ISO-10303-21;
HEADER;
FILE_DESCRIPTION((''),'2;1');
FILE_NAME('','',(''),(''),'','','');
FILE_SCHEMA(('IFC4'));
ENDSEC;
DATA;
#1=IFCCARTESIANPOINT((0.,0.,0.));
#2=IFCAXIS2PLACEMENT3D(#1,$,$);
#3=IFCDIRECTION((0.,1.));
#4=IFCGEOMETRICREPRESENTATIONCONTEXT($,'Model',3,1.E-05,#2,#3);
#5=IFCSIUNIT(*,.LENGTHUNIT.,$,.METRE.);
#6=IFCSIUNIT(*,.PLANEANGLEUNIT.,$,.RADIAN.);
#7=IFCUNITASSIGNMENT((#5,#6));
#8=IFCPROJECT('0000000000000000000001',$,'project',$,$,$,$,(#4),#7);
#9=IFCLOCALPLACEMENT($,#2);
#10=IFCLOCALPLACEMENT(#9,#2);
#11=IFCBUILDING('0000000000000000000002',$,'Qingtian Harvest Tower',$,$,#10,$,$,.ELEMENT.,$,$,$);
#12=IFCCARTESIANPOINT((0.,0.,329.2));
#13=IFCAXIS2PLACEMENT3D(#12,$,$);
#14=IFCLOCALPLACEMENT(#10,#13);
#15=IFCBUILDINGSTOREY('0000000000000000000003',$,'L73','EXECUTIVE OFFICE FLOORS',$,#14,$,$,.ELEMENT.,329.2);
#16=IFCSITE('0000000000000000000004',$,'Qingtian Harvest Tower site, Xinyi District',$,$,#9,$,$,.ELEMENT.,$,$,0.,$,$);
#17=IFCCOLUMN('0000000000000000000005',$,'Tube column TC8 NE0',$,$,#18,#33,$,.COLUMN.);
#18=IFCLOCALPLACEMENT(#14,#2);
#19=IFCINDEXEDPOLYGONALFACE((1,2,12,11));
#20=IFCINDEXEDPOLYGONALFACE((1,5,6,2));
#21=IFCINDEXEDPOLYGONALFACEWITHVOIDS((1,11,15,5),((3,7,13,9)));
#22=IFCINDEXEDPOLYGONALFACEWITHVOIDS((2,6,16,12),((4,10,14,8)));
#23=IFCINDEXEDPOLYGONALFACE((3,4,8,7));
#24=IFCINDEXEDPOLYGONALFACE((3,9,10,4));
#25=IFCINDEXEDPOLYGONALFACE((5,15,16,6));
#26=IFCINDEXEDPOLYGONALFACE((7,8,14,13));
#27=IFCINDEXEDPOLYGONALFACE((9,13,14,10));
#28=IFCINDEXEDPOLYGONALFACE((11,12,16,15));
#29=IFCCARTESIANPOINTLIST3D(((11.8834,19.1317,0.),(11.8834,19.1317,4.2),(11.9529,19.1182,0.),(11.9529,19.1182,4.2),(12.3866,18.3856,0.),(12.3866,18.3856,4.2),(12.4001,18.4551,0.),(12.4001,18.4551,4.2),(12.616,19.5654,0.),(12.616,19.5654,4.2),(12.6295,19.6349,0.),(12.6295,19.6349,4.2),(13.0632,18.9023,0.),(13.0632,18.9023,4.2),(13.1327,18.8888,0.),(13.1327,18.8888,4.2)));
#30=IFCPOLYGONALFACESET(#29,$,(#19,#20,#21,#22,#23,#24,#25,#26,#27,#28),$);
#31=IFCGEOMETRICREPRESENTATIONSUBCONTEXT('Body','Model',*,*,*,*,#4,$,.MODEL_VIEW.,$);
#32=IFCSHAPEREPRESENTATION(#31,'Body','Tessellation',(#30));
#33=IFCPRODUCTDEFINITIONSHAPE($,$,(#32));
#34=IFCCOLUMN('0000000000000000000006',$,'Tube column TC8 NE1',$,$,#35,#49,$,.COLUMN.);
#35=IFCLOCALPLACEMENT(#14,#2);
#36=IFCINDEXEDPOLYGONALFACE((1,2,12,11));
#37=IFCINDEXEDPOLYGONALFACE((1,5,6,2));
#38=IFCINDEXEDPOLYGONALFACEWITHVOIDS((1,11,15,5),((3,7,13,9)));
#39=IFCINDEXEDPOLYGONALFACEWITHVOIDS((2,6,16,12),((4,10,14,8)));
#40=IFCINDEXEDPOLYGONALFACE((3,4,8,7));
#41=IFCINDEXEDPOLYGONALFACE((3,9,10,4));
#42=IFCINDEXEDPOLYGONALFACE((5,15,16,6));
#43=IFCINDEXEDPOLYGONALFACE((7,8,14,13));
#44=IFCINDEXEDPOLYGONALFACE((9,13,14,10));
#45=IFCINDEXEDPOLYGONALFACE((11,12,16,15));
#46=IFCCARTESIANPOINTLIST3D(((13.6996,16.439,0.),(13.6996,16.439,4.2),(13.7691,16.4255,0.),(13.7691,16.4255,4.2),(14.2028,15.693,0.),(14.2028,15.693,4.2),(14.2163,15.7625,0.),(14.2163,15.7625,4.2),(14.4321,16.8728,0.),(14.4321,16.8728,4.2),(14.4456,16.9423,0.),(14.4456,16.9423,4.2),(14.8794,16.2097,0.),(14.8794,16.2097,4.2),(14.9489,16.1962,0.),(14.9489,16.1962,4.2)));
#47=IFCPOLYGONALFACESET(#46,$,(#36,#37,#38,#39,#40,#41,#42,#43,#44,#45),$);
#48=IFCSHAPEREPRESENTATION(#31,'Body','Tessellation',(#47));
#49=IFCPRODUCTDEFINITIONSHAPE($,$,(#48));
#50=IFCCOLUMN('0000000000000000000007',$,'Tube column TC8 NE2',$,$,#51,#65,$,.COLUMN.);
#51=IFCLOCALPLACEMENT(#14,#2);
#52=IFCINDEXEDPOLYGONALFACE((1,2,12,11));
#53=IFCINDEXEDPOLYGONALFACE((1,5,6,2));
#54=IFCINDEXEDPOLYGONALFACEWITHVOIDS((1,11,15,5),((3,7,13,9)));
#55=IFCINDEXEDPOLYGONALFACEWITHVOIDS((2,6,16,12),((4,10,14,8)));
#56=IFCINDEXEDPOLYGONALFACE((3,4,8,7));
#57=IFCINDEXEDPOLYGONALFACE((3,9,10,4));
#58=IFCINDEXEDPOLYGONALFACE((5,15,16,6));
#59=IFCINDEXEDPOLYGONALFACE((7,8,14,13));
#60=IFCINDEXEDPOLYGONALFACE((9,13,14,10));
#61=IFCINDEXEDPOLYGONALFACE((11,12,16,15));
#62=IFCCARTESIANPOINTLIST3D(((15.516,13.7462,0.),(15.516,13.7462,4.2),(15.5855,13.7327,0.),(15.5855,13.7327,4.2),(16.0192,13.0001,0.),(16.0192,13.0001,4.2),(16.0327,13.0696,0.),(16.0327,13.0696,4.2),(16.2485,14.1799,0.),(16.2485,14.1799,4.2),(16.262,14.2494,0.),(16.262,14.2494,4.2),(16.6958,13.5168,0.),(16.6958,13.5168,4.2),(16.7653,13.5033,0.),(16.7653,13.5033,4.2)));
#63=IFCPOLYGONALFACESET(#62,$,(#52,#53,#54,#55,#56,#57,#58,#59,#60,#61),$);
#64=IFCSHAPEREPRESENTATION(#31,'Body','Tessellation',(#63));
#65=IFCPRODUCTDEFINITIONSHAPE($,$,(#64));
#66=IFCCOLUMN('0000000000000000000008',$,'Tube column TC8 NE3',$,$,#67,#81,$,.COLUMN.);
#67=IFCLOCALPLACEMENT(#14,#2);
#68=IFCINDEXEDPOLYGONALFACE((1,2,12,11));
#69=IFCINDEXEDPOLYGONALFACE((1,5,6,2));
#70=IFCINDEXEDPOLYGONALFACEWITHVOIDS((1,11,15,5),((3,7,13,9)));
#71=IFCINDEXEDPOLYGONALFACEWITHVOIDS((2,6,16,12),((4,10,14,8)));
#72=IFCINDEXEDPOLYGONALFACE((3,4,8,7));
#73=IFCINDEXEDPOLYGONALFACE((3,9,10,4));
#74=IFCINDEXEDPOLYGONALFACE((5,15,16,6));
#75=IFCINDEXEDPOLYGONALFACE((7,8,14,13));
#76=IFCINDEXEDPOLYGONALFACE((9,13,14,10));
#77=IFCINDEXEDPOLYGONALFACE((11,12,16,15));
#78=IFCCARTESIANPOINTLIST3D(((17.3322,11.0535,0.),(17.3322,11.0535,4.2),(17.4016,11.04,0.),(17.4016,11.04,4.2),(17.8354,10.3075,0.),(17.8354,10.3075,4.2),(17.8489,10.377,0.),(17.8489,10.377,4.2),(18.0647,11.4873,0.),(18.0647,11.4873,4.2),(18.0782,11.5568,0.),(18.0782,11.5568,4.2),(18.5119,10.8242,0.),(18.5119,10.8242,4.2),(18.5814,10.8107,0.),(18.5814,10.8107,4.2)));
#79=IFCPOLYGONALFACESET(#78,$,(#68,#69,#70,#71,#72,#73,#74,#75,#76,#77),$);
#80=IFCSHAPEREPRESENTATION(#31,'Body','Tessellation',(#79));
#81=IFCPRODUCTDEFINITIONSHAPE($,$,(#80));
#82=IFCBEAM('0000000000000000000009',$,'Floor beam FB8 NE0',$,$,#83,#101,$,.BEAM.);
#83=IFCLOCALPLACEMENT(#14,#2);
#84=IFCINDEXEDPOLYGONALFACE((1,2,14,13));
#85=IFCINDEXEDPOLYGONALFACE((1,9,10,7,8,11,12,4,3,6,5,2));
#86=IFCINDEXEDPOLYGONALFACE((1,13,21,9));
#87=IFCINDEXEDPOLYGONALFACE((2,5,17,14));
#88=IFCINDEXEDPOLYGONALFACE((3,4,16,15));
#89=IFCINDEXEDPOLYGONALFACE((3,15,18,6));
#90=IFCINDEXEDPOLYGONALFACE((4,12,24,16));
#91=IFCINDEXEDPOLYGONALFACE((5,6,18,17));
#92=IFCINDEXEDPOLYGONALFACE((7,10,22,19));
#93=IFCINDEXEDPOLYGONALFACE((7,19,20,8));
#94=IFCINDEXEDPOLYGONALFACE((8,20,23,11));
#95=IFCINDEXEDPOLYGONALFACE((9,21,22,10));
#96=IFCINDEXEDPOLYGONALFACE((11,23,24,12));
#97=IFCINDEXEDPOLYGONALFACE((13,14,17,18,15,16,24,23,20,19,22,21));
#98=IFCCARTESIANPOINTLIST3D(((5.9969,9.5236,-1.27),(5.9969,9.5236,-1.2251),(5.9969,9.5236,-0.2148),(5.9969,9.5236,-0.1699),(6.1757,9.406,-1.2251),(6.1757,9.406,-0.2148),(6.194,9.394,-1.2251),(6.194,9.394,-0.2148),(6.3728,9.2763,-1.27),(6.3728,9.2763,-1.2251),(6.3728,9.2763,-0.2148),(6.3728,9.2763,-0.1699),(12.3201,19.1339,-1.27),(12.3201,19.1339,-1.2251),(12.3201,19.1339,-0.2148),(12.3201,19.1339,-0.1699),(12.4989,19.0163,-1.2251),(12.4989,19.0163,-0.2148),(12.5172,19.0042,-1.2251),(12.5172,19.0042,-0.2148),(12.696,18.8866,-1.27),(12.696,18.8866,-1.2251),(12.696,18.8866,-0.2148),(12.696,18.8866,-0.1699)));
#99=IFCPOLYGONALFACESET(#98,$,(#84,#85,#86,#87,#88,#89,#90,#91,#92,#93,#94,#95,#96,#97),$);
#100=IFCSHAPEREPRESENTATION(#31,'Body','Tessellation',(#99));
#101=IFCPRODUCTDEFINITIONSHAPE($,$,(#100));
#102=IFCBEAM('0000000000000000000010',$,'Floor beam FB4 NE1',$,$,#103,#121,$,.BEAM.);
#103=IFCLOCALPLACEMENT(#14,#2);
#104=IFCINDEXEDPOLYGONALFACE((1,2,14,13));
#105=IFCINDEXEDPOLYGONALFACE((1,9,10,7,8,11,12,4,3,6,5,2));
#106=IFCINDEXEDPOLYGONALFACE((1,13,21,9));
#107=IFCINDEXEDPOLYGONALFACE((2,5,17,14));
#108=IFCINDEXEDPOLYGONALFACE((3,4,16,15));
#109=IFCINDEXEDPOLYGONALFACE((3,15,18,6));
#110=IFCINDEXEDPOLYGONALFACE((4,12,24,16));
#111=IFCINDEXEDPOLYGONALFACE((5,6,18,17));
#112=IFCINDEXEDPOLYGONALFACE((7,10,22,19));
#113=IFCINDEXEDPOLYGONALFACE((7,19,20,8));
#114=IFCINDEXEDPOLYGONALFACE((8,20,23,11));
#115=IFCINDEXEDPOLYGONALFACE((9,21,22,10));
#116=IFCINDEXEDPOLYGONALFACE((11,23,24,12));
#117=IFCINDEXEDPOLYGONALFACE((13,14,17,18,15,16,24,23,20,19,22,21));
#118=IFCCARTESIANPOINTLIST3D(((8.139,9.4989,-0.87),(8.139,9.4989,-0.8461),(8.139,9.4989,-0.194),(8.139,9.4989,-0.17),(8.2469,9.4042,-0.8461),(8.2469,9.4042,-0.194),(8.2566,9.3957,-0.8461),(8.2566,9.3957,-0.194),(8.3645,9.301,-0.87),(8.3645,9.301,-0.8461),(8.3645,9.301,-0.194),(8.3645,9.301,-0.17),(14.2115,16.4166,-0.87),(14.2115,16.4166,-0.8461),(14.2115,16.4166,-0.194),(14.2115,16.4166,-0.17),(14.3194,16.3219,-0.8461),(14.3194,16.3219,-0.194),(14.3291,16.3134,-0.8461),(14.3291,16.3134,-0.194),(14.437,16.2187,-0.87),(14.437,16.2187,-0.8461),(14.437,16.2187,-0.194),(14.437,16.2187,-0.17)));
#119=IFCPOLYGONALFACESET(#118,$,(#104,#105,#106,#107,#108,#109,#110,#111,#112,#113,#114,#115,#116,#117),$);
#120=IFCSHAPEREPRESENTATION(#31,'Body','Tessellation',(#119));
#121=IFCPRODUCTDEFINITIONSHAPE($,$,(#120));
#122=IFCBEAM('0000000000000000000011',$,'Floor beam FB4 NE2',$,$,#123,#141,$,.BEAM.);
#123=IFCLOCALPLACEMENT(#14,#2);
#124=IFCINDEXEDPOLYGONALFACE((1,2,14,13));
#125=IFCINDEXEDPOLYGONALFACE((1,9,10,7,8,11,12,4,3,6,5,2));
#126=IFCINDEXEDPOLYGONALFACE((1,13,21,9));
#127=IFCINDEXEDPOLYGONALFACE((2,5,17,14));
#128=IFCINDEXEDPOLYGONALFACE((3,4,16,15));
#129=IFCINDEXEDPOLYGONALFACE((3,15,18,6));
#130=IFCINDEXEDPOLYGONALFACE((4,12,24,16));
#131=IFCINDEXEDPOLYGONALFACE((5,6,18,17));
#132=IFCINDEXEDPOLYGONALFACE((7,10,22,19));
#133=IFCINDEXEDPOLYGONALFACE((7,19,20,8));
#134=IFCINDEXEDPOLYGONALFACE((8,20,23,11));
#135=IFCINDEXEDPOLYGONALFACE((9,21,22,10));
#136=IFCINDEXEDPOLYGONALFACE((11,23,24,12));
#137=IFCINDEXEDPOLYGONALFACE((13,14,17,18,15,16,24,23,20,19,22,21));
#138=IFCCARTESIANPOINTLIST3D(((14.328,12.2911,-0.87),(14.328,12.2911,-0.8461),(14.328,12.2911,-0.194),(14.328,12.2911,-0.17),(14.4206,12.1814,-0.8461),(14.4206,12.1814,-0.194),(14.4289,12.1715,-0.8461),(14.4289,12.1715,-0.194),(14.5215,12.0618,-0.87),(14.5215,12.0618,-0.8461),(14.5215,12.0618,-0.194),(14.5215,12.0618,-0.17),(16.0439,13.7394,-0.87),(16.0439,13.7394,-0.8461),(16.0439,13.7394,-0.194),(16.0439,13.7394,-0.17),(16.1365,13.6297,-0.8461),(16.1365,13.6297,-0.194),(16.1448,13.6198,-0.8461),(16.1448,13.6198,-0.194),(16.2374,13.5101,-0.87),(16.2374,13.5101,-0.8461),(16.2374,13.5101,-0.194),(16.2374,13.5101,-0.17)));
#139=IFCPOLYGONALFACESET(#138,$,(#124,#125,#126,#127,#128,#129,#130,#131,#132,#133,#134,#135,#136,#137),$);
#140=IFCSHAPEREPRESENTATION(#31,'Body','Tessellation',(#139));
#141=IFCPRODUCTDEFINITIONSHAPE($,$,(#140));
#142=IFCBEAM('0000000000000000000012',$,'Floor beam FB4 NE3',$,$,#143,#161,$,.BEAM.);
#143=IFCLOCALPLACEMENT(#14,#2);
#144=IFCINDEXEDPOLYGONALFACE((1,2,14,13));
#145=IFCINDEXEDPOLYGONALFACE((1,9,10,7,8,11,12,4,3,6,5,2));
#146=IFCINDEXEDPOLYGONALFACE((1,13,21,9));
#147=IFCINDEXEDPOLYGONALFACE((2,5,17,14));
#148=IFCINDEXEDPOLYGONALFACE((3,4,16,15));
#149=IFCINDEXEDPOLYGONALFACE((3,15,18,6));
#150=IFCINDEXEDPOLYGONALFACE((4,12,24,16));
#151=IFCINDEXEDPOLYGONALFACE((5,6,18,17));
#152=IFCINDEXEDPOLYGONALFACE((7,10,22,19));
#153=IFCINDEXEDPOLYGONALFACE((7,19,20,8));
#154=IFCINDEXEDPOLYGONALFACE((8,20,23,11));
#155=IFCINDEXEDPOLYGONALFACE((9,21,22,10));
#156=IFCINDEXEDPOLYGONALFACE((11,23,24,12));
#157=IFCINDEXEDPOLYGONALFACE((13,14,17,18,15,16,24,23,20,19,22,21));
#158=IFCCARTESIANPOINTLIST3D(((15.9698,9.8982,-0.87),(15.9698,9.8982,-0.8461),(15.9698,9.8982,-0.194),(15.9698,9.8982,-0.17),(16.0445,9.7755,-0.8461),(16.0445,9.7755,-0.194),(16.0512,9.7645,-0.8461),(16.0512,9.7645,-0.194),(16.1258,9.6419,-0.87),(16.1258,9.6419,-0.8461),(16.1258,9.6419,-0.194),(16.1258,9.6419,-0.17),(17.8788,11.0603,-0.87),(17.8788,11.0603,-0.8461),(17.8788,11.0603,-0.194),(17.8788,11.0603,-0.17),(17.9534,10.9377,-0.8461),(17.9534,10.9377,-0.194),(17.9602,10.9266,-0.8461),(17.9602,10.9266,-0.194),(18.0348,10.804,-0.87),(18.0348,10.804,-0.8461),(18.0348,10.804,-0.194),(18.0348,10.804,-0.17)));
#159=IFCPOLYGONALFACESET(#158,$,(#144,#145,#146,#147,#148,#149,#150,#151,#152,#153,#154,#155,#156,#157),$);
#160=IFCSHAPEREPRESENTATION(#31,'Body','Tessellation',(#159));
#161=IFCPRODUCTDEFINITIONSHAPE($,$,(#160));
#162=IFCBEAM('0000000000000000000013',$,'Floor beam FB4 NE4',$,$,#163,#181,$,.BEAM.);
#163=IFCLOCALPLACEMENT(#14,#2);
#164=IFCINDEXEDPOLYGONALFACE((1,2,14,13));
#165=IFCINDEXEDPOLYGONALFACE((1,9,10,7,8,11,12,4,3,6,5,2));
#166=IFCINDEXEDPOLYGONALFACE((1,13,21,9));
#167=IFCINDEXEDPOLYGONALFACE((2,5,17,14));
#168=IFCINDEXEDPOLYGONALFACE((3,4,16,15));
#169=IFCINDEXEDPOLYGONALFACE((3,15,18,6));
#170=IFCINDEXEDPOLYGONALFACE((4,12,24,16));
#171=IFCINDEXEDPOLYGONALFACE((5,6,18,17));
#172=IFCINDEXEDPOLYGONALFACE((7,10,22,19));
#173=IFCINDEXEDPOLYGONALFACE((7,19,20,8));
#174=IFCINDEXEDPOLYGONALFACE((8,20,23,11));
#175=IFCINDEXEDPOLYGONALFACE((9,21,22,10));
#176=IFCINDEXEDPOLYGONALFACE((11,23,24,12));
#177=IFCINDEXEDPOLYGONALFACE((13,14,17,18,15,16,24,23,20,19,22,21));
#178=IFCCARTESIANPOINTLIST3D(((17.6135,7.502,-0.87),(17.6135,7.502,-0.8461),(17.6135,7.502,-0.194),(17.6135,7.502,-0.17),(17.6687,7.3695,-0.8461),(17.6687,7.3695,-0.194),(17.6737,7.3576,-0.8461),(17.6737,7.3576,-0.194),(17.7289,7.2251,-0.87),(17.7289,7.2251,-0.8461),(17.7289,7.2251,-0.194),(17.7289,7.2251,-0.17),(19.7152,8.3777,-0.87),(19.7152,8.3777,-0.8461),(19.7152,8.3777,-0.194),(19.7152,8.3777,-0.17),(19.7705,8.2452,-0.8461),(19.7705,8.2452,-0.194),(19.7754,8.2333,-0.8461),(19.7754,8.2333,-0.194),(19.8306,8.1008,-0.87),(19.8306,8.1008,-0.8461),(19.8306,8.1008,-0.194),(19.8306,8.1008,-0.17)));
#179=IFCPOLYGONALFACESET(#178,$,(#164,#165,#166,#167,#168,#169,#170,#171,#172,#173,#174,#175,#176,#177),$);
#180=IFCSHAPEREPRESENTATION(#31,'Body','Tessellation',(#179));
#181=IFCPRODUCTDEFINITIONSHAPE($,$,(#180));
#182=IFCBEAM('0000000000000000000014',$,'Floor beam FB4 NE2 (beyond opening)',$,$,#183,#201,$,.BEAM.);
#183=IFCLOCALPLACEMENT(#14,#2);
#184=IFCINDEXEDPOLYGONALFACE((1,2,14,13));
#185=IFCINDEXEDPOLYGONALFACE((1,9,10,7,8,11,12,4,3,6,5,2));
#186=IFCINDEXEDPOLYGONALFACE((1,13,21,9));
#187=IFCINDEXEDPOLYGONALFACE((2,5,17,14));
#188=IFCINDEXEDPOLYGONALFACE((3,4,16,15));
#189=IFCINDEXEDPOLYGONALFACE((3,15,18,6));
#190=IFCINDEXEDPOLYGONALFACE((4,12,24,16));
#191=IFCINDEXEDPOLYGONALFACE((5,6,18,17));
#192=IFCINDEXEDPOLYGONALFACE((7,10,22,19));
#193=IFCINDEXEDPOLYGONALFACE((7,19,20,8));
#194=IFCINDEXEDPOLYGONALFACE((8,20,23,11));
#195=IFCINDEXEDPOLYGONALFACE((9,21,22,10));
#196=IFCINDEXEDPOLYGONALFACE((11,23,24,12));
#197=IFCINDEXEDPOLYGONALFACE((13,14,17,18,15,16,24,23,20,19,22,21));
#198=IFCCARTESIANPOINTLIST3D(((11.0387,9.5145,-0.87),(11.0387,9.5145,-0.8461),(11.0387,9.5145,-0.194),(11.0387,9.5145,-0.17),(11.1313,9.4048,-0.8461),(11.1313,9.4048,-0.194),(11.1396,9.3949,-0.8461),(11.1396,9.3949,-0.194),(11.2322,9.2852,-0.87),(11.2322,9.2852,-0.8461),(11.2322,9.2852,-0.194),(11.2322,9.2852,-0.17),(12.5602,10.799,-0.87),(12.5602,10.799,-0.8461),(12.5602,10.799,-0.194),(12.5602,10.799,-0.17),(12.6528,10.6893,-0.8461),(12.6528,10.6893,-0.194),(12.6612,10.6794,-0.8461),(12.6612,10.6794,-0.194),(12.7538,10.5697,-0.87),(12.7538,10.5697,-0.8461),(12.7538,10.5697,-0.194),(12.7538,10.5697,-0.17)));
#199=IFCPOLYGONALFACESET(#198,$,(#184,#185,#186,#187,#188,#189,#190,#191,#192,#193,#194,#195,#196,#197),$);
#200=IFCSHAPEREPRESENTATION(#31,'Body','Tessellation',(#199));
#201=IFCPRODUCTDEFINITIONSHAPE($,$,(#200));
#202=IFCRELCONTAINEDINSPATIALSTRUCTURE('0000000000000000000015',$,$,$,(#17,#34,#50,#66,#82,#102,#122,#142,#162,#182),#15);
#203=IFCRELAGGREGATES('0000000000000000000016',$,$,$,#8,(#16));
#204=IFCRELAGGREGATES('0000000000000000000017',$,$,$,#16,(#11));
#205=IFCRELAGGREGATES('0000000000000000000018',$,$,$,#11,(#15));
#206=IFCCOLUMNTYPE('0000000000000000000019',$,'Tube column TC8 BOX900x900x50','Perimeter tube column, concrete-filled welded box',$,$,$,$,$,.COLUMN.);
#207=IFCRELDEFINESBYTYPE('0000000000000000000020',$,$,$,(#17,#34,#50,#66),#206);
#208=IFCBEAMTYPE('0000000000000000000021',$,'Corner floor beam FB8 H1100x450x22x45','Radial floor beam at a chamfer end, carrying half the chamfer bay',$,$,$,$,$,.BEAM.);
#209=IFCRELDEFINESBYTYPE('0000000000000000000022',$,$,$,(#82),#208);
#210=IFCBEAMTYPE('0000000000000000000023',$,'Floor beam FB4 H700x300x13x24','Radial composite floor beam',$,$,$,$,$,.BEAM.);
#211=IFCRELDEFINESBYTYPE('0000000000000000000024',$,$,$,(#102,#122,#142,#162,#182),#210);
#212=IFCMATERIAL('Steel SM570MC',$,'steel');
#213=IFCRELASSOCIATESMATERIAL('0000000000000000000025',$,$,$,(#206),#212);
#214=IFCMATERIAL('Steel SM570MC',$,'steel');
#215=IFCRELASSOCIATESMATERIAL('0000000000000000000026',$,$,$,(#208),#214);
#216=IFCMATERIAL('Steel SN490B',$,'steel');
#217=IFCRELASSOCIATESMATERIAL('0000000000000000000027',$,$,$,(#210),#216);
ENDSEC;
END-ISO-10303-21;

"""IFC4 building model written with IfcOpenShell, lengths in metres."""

from ifc_helpers import new_model, si_unit, direction, frame, origin, origin_2d, place, context, subcontext, project, spatial, hollow_rectangle, i_section, extrude, material, material_profile, profile_set, type_object, element, save


model = new_model("IFC4")

# Units and contexts
model_context = context("Model", 3, precision=1e-05, world=origin(), true_north=direction((0.0, 1.0)))
body_context = subcontext(model_context, "Body", "Model", "MODEL_VIEW")
ifc_project = project(units=[si_unit("LENGTHUNIT", "METRE"), si_unit("PLANEANGLEUNIT", "RADIAN")], contexts=[model_context])

# Site, building, storey
site_placement = place(None, origin())
site = spatial("IfcSite", under=ifc_project, at=site_placement, Name="Qingtian Harvest Tower site, Xinyi District", CompositionType="ELEMENT", RefElevation=0.0)
building_placement = place(site_placement, origin())
building = spatial("IfcBuilding", under=site, at=building_placement, Name="Qingtian Harvest Tower", CompositionType="ELEMENT")
storey_placement = place(building_placement, frame((0.0, 0.0, 329.2)))
storey = spatial("IfcBuildingStorey", under=building, at=storey_placement, Name="L73", Description="EXECUTIVE OFFICE FLOORS", CompositionType="ELEMENT", Elevation=329.2)

# Columns
ifc_material_1 = material(Name="Steel SM570MC", Category="steel")
ifc_material_profile_1 = material_profile(ifc_material_1, hollow_rectangle(XDim=0.8999, YDim=0.8999, WallThickness=0.05, at=origin_2d()), Name="BOX900x900x50")
ifc_profile_set_1 = profile_set([ifc_material_profile_1], Name="Steel SM570MC")
column_type = type_object("IfcColumnType", Name="Tube column TC8 BOX900x900x50", Description="Perimeter tube column, concrete-filled welded box", PredefinedType="COLUMN", material=ifc_profile_set_1)
for number, where, z_axis, x_axis, name in (
    (1, (12.5081, 19.0103, 0.0), (0.0, 0.0, 1.0), (-0.559193, 0.829038, 0.0), "Tube column TC8 NE0"),
    (2, (14.3242, 16.3176, 0.0), (0.0, 0.0, 1.0), (-0.559193, 0.829038, 0.0), "Tube column TC8 NE1"),
    (3, (16.1406, 13.6248, 0.0), (0.0, 0.0, 1.0), (-0.559193, 0.829038, 0.0), "Tube column TC8 NE2"),
    (4, (17.9568, 10.9321, 0.0), (0.0, 0.0, 1.0), (-0.559193, 0.829038, 0.0), "Tube column TC8 NE3"),
):
    element("IfcColumn", number, at=place(storey_placement, frame(where, z_axis=z_axis, x_axis=x_axis)), inside=storey, type_object=column_type, Name=name, PredefinedType="COLUMN", context=body_context, shape_type="SweptSolid", body=[
        extrude(hollow_rectangle(XDim=0.8999, YDim=0.8999, WallThickness=0.05, at=origin_2d()), origin(), (0.0, 0.0, 1.0), 4.2),
    ])

# Beams
ifc_material_2 = material(Name="Steel SM570MC", Category="steel")
ifc_material_profile_2 = material_profile(ifc_material_2, i_section(OverallWidth=0.45, OverallDepth=1.1001, WebThickness=0.022, FlangeThickness=0.0449, at=origin_2d()), Name="H1100x450x22x45")
ifc_profile_set_2 = profile_set([ifc_material_profile_2], Name="Steel SM570MC")
beam_type_1 = type_object("IfcBeamType", Name="Corner floor beam FB8 H1100x450x22x45", Description="Radial floor beam at a chamfer end, carrying half the chamfer bay", PredefinedType="BEAM", material=ifc_profile_set_2)
beam_1_placement = place(storey_placement, frame((12.5081, 19.0103, -0.72), z_axis=(-0.549655, -0.835391, 0.0), x_axis=(0.835391, -0.549655, 0.0)))
element("IfcBeam", 5, at=beam_1_placement, inside=storey, type_object=beam_type_1, Name="Floor beam FB8 NE0", PredefinedType="BEAM", context=body_context, shape_type="SweptSolid", body=[
    extrude(i_section(OverallWidth=0.45, OverallDepth=1.1001, WebThickness=0.022, FlangeThickness=0.0449, at=origin_2d()), origin(), (0.0, 0.0, 1.0), 11.5039),
])
ifc_material_3 = material(Name="Steel SN490B", Category="steel")
ifc_material_profile_3 = material_profile(ifc_material_3, i_section(OverallWidth=0.3, OverallDepth=0.7, WebThickness=0.0129, FlangeThickness=0.0239, at=origin_2d()), Name="H700x300x13x24")
ifc_profile_set_3 = profile_set([ifc_material_profile_3], Name="Steel SN490B")
beam_type_2 = type_object("IfcBeamType", Name="Floor beam FB4 H700x300x13x24", Description="Radial composite floor beam", PredefinedType="BEAM", material=ifc_profile_set_3)
beam_2_placement = place(storey_placement, frame((14.3242, 16.3176, -0.52), z_axis=(-0.659704, -0.751526, 0.0), x_axis=(0.751526, -0.659704, 0.0)))
element("IfcBeam", 6, at=beam_2_placement, inside=storey, type_object=beam_type_2, Name="Floor beam FB4 NE1", PredefinedType="BEAM", context=body_context, shape_type="SweptSolid", body=[
    extrude(i_section(OverallWidth=0.3, OverallDepth=0.7, WebThickness=0.0129, FlangeThickness=0.0239, at=origin_2d()), origin(), (0.0, 0.0, 1.0), 9.2048),
])
beam_3_placement = place(storey_placement, frame((16.1406, 13.6248, -0.52), z_axis=(-0.764178, -0.645006, 0.0), x_axis=(0.645006, -0.764178, 0.0)))
element("IfcBeam", 7, at=beam_3_placement, inside=storey, type_object=beam_type_2, Name="Floor beam FB4 NE2", PredefinedType="BEAM", context=body_context, shape_type="SweptSolid", body=[
    extrude(i_section(OverallWidth=0.3, OverallDepth=0.7, WebThickness=0.0129, FlangeThickness=0.0239, at=origin_2d()), origin(), (0.0, 0.0, 1.0), 2.2454),
])
beam_4_placement = place(storey_placement, frame((17.9568, 10.9321, -0.52), z_axis=(-0.854169, -0.519995, 0.0), x_axis=(0.519995, -0.854169, 0.0)))
element("IfcBeam", 8, at=beam_4_placement, inside=storey, type_object=beam_type_2, Name="Floor beam FB4 NE3", PredefinedType="BEAM", context=body_context, shape_type="SweptSolid", body=[
    extrude(i_section(OverallWidth=0.3, OverallDepth=0.7, WebThickness=0.0129, FlangeThickness=0.0239, at=origin_2d()), origin(), (0.0, 0.0, 1.0), 2.2349),
])
beam_5_placement = place(storey_placement, frame((19.7729, 8.2393, -0.52), z_axis=(-0.92308, -0.384608, 0.0), x_axis=(0.384608, -0.92308, 0.0)))
element("IfcBeam", 9, at=beam_5_placement, inside=storey, type_object=beam_type_2, Name="Floor beam FB4 NE4", PredefinedType="BEAM", context=body_context, shape_type="SweptSolid", body=[
    extrude(i_section(OverallWidth=0.3, OverallDepth=0.7, WebThickness=0.0129, FlangeThickness=0.0239, at=origin_2d()), origin(), (0.0, 0.0, 1.0), 2.2769),
])
beam_6_placement = place(storey_placement, frame((12.657, 10.6843, -0.52), z_axis=(-0.764125, -0.645068, 0.0), x_axis=(0.645068, -0.764125, 0.0)))
element("IfcBeam", 10, at=beam_6_placement, inside=storey, type_object=beam_type_2, Name="Floor beam FB4 NE2 (beyond opening)", PredefinedType="BEAM", context=body_context, shape_type="SweptSolid", body=[
    extrude(i_section(OverallWidth=0.3, OverallDepth=0.7, WebThickness=0.0129, FlangeThickness=0.0239, at=origin_2d()), origin(), (0.0, 0.0, 1.0), 1.9912),
])

save(model, "model.ifc")
